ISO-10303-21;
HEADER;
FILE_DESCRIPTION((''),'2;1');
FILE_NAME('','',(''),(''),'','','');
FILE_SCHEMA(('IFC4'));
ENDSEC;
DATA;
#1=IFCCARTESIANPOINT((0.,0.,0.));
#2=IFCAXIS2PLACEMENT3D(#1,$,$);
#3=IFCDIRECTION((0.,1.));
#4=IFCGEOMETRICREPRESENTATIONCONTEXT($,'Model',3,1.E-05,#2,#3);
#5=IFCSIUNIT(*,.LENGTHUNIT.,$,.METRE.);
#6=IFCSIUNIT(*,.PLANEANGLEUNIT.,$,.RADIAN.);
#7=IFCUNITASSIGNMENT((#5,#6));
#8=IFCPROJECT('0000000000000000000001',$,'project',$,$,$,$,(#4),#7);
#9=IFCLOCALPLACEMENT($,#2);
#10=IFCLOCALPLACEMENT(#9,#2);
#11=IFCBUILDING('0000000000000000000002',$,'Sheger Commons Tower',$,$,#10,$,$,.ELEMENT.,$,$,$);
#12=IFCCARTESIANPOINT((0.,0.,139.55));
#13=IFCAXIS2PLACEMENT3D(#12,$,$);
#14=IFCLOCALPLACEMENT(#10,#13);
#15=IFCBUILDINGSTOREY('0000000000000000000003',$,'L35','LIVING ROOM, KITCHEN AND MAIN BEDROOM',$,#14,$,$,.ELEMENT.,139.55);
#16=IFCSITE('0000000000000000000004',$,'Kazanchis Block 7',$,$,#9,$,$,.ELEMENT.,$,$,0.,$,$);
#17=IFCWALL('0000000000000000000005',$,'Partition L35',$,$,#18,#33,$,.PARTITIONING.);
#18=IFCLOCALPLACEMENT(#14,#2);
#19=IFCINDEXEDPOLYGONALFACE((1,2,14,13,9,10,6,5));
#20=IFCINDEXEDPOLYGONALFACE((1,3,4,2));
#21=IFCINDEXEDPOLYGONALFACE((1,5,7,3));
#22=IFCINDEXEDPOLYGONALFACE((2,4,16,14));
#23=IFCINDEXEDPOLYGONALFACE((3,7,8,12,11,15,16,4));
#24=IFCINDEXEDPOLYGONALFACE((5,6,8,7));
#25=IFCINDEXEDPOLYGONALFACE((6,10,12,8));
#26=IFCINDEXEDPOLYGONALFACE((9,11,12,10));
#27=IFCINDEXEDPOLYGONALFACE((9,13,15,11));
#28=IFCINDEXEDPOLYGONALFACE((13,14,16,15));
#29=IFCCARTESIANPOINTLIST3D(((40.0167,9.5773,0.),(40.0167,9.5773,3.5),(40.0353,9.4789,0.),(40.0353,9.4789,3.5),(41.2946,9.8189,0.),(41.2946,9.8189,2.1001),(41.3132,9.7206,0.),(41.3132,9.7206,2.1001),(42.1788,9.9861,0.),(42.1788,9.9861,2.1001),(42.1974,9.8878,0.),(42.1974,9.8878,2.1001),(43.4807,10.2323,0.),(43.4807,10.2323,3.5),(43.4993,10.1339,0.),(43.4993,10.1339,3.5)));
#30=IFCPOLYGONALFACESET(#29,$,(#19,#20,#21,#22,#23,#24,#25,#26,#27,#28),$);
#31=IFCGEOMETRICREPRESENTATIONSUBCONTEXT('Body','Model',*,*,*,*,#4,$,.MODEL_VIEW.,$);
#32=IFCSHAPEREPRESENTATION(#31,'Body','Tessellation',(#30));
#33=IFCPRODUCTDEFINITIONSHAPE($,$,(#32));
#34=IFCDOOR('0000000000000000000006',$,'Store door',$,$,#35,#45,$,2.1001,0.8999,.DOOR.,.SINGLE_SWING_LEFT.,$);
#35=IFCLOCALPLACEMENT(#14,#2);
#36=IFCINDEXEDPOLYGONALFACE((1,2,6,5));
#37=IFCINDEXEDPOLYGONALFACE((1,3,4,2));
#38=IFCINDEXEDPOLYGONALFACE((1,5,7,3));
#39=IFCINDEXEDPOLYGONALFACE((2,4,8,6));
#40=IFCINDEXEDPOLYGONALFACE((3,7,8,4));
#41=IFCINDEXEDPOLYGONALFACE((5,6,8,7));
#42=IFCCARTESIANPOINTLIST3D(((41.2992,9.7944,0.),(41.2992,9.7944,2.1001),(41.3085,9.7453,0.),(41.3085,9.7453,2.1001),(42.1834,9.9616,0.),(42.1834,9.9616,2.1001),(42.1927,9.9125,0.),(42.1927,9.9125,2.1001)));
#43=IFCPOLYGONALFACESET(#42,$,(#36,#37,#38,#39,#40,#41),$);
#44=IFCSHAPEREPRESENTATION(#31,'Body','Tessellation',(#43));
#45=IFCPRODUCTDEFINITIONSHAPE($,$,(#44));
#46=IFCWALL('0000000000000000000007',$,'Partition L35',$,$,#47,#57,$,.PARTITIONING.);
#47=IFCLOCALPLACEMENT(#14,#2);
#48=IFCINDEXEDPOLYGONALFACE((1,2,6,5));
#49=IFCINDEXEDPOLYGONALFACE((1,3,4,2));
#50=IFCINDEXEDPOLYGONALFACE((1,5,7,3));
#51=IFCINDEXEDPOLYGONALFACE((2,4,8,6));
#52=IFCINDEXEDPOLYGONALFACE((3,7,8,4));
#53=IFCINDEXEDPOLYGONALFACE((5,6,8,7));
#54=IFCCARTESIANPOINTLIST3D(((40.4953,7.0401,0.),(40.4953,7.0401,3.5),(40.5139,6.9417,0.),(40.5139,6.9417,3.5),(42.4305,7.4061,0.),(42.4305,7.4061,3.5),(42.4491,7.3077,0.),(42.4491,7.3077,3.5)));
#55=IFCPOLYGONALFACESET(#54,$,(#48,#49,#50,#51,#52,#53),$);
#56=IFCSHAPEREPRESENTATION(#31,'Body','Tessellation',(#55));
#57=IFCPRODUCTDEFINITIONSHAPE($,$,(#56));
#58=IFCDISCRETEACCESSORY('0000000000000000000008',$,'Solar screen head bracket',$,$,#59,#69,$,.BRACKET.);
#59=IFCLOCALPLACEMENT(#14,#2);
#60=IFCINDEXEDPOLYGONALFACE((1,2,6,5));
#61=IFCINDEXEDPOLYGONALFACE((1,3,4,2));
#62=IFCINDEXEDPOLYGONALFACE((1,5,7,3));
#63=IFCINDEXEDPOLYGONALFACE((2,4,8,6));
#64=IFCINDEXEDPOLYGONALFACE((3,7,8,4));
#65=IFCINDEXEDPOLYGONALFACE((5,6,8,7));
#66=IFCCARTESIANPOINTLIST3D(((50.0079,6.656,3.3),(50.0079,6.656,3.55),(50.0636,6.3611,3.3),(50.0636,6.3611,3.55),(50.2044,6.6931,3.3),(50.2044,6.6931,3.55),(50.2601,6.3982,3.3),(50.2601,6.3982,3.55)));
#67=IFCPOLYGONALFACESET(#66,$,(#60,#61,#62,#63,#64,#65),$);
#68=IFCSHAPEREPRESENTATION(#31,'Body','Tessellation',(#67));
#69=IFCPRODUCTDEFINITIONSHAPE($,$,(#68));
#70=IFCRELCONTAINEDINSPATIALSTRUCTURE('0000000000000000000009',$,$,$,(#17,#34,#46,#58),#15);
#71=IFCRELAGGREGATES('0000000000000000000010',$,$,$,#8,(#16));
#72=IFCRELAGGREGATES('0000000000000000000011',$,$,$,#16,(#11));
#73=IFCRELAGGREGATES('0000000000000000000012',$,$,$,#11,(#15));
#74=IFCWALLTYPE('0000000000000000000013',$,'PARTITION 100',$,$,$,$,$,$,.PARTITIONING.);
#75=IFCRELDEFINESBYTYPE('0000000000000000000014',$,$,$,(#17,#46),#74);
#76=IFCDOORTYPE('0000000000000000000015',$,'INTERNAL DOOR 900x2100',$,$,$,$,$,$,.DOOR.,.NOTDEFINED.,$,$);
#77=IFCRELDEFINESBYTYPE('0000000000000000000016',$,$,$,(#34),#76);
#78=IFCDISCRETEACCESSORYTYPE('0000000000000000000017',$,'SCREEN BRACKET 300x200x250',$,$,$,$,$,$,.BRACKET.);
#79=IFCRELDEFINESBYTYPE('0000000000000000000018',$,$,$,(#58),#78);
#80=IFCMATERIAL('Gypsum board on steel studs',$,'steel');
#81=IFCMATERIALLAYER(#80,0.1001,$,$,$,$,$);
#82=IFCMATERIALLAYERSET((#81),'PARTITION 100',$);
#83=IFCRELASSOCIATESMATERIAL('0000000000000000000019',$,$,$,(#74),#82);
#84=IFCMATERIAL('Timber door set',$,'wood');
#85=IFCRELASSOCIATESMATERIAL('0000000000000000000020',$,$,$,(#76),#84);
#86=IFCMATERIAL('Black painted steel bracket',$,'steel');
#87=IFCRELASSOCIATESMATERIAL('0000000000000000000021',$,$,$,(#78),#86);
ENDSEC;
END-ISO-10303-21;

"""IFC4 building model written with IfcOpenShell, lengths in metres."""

from ifc_helpers import new_model, si_unit, direction, frame, frame_2d, origin, origin_2d, place, context, subcontext, project, spatial, rectangle, extrude, material, layer, layer_set, type_object, element, fill, save


model = new_model("IFC4")

# Units and contexts
model_context = context("Model", 3, precision=1e-05, world=origin(), true_north=direction((0.0, 1.0)))
body_context = subcontext(model_context, "Body", "Model", "MODEL_VIEW")
ifc_project = project(units=[si_unit("LENGTHUNIT", "METRE"), si_unit("PLANEANGLEUNIT", "RADIAN")], contexts=[model_context])

# Site, building, storey
site_placement = place(None, origin())
site = spatial("IfcSite", under=ifc_project, at=site_placement, Name="Kazanchis Block 7", CompositionType="ELEMENT", RefElevation=0.0)
building_placement = place(site_placement, origin())
building = spatial("IfcBuilding", under=site, at=building_placement, Name="Sheger Commons Tower", CompositionType="ELEMENT")
storey_placement = place(building_placement, frame((0.0, 0.0, 139.55)))
storey = spatial("IfcBuildingStorey", under=building, at=storey_placement, Name="L35", Description="LIVING ROOM, KITCHEN AND MAIN BEDROOM", CompositionType="ELEMENT", Elevation=139.55)

# Shared definitions
ifc_material_1 = material(Name="Gypsum board on steel studs", Category="steel")
ifc_layer_1 = layer(ifc_material_1, 0.1001)
ifc_layer_set_1 = layer_set([ifc_layer_1], Name="PARTITION 100")
wall_type_1 = type_object("IfcWallType", Name="PARTITION 100", PredefinedType="PARTITIONING", material=ifc_layer_set_1)
ifc_material_2 = material(Name="Timber door set", Category="wood")
door_type_1 = type_object("IfcDoorType", Name="INTERNAL DOOR 900x2100", OperationType="NOTDEFINED", PredefinedType="DOOR", material=ifc_material_2)

# Wall, opening, door
wall_1_placement = place(storey_placement, frame((43.49, 10.1831, 0.0), z_axis=(0.0, 0.0, 1.0), x_axis=(-0.982588, -0.185798, 0.0)))
wall_1 = element("IfcWall", 1, at=wall_1_placement, inside=storey, type_object=wall_type_1, Name="Partition L35", PredefinedType="PARTITIONING", context=body_context, shape_type="SweptSolid", body=[
    extrude(rectangle(XDim=3.5254, YDim=0.1001, at=frame_2d((1.7627, 0.0))), origin(), (0.0, 0.0, 1.0), 3.5),
])
opening_1_placement = place(wall_1_placement, frame((1.325, 0.0, 0.0)))
opening_1 = element("IfcOpeningElement", 2, at=opening_1_placement, cuts=wall_1, PredefinedType="OPENING", context=body_context, shape_type="SweptSolid", body=[
    extrude(rectangle(XDim=0.8999, YDim=2.1001, at=frame_2d((0.45, 1.05))), frame((0.0, 0.0601, 0.0), z_axis=(0.0, -1.0, 0.0), x_axis=(1.0, 0.0, 0.0)), (0.0, 0.0, 1.0), 0.1201),
])
door_1_placement = place(opening_1_placement, origin())
door_1 = element("IfcDoor", 3, at=door_1_placement, inside=storey, type_object=door_type_1, Name="Store door", OperationType="SINGLE_SWING_LEFT", OverallHeight=2.1001, OverallWidth=0.8999, PredefinedType="DOOR", context=body_context, shape_type="SweptSolid", body=[
    extrude(rectangle(XDim=0.8999, YDim=2.1001, at=frame_2d((0.45, 1.05))), frame((0.0, 0.0249, 0.0), z_axis=(0.0, -1.0, 0.0), x_axis=(1.0, 0.0, 0.0)), (0.0, 0.0, 1.0), 0.05),
])
fill(opening_1, door_1)

# Wall
wall_2_placement = place(storey_placement, frame((42.4399, 7.3569, 0.0), z_axis=(0.0, 0.0, 1.0), x_axis=(-0.982582, -0.18583, 0.0)))
element("IfcWall", 4, at=wall_2_placement, inside=storey, type_object=wall_type_1, Name="Partition L35", PredefinedType="PARTITIONING", context=body_context, shape_type="SweptSolid", body=[
    extrude(rectangle(XDim=1.9695, YDim=0.1001, at=frame_2d((0.9849, 0.0))), origin(), (0.0, 0.0, 1.0), 3.5),
])

# Discrete accessory
ifc_material_3 = material(Name="Black painted steel bracket", Category="steel")
discrete_accessory_type = type_object("IfcDiscreteAccessoryType", Name="SCREEN BRACKET 300x200x250", PredefinedType="BRACKET", material=ifc_material_3)
discrete_accessory_placement = place(storey_placement, frame((50.134, 6.5271, 3.3), z_axis=(0.0, 0.0, 1.0), x_axis=(-0.185615, 0.982623, 0.0)))
element("IfcDiscreteAccessory", 5, at=discrete_accessory_placement, inside=storey, type_object=discrete_accessory_type, Name="Solar screen head bracket", PredefinedType="BRACKET", context=body_context, shape_type="SweptSolid", body=[
    extrude(rectangle(XDim=0.3, YDim=0.2, at=origin_2d()), origin(), (0.0, 0.0, 1.0), 0.25),
])

save(model, "model.ifc")
